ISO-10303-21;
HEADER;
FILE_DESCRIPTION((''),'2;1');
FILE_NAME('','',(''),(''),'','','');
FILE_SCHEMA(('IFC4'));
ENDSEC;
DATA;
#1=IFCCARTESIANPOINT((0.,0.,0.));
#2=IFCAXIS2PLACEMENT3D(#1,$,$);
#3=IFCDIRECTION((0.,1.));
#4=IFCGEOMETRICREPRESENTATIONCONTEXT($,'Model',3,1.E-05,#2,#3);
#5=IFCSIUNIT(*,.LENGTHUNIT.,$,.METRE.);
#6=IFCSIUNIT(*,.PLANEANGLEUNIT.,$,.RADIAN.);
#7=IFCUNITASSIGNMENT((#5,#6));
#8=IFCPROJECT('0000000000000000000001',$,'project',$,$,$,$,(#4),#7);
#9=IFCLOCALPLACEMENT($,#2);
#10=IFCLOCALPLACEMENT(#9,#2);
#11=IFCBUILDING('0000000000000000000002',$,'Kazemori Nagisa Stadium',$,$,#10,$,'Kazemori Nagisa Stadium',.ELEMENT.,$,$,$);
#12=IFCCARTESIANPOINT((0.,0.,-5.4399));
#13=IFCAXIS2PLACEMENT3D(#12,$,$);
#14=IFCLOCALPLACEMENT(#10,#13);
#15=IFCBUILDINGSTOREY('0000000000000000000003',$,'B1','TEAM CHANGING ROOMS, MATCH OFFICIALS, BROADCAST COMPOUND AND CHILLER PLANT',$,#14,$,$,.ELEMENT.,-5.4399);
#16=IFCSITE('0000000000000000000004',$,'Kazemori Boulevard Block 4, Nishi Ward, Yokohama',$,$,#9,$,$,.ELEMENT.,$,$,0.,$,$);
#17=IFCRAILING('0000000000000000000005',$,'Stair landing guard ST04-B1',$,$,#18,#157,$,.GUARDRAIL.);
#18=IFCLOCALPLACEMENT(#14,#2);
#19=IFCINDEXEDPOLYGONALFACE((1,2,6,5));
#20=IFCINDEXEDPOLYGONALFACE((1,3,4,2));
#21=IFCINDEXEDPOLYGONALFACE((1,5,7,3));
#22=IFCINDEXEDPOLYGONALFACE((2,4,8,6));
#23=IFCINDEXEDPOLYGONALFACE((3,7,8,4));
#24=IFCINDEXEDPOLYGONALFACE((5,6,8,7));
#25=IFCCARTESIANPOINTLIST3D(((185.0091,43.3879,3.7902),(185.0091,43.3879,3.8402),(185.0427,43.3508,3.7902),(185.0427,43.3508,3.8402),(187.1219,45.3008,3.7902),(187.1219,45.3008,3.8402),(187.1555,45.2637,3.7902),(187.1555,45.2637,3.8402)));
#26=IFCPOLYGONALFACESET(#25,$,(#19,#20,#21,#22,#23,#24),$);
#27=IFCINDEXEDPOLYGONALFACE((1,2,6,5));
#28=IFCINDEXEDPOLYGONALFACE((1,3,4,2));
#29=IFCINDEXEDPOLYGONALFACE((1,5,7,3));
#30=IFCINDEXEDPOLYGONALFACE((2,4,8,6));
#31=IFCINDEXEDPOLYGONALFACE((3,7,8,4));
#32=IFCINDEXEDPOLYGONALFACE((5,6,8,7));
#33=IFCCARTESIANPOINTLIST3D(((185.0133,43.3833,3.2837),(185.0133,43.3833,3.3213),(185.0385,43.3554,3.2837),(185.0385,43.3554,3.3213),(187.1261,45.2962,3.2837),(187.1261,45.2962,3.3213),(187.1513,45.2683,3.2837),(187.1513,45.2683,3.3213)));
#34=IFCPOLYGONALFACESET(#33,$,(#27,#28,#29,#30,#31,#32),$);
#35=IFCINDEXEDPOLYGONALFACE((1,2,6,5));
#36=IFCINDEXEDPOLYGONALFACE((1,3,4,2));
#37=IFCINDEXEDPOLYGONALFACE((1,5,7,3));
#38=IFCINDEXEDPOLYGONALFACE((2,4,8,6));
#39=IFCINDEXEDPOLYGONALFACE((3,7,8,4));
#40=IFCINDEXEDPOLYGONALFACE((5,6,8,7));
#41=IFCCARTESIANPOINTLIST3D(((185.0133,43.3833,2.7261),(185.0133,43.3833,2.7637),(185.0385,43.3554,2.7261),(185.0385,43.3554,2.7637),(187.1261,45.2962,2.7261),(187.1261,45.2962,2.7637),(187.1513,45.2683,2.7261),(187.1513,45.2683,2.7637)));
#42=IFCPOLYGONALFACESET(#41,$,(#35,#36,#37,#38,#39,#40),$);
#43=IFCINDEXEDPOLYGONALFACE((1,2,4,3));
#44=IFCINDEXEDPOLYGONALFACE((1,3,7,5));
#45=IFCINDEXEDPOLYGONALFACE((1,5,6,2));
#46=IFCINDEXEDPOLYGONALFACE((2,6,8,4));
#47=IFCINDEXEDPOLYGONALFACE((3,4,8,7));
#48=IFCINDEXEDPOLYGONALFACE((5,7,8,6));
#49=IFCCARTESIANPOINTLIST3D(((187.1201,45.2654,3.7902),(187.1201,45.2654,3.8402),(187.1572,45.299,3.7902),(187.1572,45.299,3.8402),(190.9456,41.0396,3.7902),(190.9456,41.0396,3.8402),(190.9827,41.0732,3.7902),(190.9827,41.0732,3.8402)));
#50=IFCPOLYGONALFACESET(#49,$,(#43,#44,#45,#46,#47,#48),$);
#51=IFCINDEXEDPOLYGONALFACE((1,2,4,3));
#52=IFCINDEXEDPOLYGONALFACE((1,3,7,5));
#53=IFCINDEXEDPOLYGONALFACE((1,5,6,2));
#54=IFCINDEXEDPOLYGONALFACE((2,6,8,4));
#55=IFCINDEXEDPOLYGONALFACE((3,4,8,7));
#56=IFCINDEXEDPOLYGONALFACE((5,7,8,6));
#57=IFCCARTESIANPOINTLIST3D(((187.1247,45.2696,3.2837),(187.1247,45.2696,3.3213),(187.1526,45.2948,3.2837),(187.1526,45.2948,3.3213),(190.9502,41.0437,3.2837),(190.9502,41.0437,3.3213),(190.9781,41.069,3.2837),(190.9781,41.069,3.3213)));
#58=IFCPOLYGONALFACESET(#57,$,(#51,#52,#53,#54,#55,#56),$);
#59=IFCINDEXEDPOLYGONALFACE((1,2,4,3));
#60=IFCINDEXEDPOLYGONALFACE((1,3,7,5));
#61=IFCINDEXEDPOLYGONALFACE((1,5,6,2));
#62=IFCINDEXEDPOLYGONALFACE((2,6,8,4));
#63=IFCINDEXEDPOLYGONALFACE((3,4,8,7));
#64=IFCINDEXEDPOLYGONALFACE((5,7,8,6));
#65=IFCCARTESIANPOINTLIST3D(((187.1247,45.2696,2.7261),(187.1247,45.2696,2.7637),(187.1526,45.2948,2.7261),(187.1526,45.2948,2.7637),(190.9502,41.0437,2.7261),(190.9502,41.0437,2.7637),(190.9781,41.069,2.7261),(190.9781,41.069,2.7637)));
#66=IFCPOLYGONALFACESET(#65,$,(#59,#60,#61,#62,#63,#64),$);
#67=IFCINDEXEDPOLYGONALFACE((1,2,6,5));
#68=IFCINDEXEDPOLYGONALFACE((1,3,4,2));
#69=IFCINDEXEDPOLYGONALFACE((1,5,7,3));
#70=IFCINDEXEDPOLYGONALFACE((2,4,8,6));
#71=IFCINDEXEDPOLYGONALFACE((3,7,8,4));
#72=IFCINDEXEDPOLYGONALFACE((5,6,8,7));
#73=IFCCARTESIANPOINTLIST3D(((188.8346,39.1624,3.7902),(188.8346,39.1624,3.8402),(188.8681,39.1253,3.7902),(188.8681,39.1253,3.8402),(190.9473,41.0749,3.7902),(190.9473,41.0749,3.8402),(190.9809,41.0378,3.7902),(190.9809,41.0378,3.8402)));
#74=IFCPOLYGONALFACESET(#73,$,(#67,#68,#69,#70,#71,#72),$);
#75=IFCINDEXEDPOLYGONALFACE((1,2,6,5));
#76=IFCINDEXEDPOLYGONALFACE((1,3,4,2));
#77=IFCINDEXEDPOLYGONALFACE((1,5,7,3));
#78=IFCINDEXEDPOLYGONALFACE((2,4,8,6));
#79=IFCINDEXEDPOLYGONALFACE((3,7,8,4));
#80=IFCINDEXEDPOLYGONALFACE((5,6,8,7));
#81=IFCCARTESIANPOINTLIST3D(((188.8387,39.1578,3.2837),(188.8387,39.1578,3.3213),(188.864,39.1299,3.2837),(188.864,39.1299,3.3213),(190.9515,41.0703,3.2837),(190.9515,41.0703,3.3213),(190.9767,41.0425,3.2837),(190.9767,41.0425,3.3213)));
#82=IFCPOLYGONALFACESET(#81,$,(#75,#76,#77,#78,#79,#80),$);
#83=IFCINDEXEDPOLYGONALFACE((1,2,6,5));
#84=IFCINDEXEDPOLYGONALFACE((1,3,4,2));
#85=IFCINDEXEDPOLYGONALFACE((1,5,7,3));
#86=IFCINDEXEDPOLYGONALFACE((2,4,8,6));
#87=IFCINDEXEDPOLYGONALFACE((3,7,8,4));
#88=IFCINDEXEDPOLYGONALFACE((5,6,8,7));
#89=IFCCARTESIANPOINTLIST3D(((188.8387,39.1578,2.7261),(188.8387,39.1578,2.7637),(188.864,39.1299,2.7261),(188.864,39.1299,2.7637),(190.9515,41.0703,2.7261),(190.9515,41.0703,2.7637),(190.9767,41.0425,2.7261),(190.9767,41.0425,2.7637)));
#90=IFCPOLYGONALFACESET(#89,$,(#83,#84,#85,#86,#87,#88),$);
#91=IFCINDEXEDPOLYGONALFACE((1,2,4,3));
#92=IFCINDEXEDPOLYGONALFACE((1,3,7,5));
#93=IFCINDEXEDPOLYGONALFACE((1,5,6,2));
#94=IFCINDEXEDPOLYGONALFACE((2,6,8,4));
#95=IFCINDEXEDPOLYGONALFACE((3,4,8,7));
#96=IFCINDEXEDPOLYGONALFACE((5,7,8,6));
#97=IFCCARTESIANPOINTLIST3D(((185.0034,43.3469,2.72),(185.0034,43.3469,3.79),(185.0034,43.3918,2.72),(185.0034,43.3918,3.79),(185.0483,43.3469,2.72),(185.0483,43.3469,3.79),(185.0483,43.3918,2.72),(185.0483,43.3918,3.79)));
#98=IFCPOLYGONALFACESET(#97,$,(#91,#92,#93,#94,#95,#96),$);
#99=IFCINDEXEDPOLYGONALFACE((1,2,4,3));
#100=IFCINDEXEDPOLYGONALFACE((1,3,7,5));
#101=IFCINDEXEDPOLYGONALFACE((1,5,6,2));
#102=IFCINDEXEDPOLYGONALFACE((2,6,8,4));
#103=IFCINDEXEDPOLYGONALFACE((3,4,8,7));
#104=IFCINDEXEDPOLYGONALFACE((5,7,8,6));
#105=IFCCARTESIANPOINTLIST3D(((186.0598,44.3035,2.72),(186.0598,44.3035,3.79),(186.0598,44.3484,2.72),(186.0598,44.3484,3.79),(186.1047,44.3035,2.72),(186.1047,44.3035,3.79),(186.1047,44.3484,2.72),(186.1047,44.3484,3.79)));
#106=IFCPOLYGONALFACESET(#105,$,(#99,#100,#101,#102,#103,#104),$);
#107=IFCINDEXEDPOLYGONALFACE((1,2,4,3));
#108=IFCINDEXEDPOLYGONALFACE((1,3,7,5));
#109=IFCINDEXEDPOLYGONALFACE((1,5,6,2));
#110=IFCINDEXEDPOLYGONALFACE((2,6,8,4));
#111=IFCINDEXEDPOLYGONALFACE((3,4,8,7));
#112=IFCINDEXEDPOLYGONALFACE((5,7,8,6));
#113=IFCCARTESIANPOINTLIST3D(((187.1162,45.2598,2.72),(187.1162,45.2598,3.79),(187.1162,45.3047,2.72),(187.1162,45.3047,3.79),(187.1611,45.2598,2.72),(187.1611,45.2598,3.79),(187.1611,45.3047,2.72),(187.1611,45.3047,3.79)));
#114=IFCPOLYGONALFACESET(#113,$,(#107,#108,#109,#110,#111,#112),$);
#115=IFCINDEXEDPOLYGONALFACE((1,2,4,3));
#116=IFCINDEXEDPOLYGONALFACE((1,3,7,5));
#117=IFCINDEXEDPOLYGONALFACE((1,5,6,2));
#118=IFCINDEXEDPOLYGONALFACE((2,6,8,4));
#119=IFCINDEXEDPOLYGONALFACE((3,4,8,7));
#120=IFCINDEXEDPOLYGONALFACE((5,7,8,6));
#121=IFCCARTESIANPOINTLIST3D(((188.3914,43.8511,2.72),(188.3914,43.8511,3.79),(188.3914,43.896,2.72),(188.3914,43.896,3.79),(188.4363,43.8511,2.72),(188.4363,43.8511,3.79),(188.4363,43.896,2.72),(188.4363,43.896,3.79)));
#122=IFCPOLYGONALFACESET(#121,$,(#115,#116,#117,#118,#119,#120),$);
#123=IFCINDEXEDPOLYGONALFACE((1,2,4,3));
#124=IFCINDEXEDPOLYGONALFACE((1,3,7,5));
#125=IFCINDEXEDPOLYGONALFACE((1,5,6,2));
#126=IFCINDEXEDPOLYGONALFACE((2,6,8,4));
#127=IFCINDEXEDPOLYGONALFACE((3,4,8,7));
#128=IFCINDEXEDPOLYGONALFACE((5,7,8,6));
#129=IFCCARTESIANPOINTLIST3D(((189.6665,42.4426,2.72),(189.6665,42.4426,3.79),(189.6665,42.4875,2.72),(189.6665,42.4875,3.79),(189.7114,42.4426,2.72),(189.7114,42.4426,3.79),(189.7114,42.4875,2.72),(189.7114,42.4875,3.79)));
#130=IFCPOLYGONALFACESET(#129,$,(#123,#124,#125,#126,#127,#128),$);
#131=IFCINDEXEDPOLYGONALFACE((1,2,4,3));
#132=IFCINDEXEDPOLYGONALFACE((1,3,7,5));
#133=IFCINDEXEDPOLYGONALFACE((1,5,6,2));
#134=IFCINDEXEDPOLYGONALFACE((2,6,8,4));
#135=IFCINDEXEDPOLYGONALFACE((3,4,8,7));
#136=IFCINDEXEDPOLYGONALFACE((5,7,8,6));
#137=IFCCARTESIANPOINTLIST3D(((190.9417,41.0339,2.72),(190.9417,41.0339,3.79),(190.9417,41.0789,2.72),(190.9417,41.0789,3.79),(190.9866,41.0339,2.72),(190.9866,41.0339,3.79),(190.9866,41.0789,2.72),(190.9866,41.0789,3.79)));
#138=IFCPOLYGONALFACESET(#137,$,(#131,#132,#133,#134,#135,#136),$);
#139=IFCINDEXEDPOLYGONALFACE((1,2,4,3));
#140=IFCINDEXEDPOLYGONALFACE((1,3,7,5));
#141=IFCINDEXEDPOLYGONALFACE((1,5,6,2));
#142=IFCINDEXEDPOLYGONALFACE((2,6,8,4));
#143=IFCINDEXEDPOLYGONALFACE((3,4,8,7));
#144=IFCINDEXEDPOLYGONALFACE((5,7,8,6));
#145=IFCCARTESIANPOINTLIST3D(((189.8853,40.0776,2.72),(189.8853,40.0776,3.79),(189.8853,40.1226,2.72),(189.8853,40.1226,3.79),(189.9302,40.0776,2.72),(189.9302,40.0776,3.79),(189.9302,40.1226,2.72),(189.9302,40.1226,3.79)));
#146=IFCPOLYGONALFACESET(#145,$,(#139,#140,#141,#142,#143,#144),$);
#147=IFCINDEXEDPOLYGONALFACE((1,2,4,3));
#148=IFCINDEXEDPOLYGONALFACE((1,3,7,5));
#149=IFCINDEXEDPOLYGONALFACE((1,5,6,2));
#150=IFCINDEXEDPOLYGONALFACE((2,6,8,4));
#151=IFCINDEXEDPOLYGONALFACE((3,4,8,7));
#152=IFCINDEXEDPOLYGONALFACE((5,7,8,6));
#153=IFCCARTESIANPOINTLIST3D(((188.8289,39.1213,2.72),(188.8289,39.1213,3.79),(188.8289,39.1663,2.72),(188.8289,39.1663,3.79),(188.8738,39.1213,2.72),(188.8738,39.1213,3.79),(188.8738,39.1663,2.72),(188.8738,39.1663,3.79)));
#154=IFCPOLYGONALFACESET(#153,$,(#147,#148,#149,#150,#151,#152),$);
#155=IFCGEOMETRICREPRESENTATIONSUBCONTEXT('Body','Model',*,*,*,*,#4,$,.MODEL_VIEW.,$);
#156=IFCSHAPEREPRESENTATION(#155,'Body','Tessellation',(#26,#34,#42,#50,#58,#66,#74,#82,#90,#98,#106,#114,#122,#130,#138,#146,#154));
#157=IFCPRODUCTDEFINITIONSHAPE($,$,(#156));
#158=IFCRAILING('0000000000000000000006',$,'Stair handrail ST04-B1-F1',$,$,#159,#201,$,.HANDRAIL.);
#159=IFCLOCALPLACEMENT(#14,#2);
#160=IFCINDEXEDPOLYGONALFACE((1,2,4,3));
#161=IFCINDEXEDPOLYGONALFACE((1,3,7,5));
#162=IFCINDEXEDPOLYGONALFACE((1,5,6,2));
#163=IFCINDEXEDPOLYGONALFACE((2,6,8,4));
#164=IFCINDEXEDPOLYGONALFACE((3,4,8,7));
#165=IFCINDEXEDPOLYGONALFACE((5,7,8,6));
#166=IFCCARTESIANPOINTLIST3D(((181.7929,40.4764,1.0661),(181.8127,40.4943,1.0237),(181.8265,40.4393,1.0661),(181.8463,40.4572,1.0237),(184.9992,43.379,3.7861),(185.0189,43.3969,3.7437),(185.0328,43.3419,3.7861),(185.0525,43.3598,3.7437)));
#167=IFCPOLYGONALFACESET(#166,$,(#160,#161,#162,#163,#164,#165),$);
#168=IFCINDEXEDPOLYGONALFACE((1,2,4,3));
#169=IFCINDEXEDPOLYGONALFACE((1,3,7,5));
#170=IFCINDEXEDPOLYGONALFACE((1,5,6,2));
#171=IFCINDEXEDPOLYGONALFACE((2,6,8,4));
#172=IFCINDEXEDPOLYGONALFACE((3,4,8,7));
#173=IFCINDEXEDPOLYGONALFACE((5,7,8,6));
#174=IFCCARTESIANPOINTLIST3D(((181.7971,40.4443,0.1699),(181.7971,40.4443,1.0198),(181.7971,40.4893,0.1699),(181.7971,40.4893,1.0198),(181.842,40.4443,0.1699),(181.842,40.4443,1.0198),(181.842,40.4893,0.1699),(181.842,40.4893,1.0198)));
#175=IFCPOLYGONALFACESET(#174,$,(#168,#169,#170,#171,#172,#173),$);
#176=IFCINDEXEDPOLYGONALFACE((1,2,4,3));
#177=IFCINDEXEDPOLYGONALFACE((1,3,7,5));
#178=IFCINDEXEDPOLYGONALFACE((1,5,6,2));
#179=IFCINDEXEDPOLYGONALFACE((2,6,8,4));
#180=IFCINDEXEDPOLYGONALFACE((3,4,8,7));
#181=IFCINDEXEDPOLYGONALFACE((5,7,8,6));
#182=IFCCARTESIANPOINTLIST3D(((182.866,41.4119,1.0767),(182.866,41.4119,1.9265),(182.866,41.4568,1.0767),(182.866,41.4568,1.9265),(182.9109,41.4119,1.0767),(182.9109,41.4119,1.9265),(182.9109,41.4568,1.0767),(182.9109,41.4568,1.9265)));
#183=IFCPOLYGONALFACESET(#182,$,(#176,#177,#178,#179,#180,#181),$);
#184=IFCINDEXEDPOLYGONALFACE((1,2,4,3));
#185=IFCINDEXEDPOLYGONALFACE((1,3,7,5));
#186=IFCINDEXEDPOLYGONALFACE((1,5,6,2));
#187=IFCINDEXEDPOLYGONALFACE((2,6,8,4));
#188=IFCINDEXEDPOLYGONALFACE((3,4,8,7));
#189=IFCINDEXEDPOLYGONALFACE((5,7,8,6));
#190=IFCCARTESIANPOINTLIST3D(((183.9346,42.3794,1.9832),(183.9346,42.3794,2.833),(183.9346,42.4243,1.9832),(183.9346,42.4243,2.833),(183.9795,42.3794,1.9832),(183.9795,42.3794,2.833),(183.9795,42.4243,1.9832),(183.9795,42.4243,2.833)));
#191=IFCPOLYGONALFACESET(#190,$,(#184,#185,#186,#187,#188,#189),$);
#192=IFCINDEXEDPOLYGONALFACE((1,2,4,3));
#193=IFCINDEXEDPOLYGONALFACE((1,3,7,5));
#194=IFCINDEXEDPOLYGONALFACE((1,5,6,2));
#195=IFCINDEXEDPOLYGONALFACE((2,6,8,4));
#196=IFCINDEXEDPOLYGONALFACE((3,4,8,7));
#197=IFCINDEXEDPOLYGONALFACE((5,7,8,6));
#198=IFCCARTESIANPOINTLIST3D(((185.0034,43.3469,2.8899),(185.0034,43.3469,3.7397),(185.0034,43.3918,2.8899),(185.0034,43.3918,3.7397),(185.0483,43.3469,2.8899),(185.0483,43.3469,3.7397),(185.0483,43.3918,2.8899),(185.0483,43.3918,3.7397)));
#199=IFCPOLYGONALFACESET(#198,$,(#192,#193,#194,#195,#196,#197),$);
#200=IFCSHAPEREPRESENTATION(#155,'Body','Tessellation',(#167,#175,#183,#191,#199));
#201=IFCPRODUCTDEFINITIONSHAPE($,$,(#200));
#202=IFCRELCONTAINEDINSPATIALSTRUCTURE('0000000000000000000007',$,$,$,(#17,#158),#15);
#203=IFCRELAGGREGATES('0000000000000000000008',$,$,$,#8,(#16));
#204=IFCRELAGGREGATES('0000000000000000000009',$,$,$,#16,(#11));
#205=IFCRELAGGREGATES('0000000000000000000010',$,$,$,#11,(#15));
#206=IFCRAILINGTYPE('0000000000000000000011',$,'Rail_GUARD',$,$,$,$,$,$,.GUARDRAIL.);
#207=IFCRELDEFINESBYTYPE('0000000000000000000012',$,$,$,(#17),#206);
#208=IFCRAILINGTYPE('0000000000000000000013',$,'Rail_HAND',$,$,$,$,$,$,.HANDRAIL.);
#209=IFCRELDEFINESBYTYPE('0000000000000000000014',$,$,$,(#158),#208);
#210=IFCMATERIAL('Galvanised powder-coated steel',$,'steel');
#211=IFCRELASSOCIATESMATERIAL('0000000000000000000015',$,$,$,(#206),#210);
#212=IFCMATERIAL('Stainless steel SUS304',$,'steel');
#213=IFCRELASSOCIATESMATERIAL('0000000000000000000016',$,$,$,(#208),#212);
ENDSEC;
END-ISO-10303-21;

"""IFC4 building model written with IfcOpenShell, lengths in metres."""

from ifc_helpers import new_model, si_unit, direction, frame, origin, origin_2d, place, context, subcontext, project, spatial, rectangle, extrude, material, type_object, element, save


model = new_model("IFC4")

# Units and contexts
model_context = context("Model", 3, precision=1e-05, world=origin(), true_north=direction((0.0, 1.0)))
body_context = subcontext(model_context, "Body", "Model", "MODEL_VIEW")
ifc_project = project(units=[si_unit("LENGTHUNIT", "METRE"), si_unit("PLANEANGLEUNIT", "RADIAN")], contexts=[model_context])

# Site, building, storey
site_placement = place(None, origin())
site = spatial("IfcSite", under=ifc_project, at=site_placement, Name="Kazemori Boulevard Block 4, Nishi Ward, Yokohama", CompositionType="ELEMENT", RefElevation=0.0)
building_placement = place(site_placement, origin())
building = spatial("IfcBuilding", under=site, at=building_placement, Name="Kazemori Nagisa Stadium", LongName="Kazemori Nagisa Stadium", CompositionType="ELEMENT")
storey_placement = place(building_placement, frame((0.0, 0.0, -5.4399)))
storey = spatial("IfcBuildingStorey", under=building, at=storey_placement, Name="B1", Description="TEAM CHANGING ROOMS, MATCH OFFICIALS, BROADCAST COMPOUND AND CHILLER PLANT", CompositionType="ELEMENT", Elevation=-5.4399)

# Shared definitions
ifc_material_1 = material(Name="Stainless steel SUS304", Category="steel")

# Railings
ifc_material_2 = material(Name="Galvanised powder-coated steel", Category="steel")
railing_type_1 = type_object("IfcRailingType", Name="Rail_GUARD", PredefinedType="GUARDRAIL", material=ifc_material_2)
railing_1_placement = place(storey_placement, frame((185.0259, 43.3694, 2.72)))
element("IfcRailing", 1, at=railing_1_placement, inside=storey, type_object=railing_type_1, Name="Stair landing guard ST04-B1", PredefinedType="GUARDRAIL", context=body_context, shape_type="SweptSolid", body=[
    extrude(rectangle(XDim=0.05, YDim=0.05, at=origin_2d()), frame((0.0, 0.0, 1.0952), z_axis=(0.741315, 0.671158, 0.0), x_axis=(-0.671158, 0.741315, 0.0)), (0.0, 0.0, 1.0), 2.8501),
    extrude(rectangle(XDim=0.0376, YDim=0.0376, at=origin_2d()), frame((0.0, 0.0, 0.5825), z_axis=(0.741315, 0.671158, 0.0), x_axis=(-0.671158, 0.741315, 0.0)), (0.0, 0.0, 1.0), 2.8501),
    extrude(rectangle(XDim=0.0376, YDim=0.0376, at=origin_2d()), frame((0.0, 0.0, 0.0249), z_axis=(0.741315, 0.671158, 0.0), x_axis=(-0.671158, 0.741315, 0.0)), (0.0, 0.0, 1.0), 2.8501),
    extrude(rectangle(XDim=0.05, YDim=0.05, at=origin_2d()), frame((2.1128, 1.9128, 1.0952), z_axis=(0.671113, -0.741355, 0.0), x_axis=(0.741355, 0.671113, 0.0)), (0.0, 0.0, 1.0), 5.7002),
    extrude(rectangle(XDim=0.0376, YDim=0.0376, at=origin_2d()), frame((2.1128, 1.9128, 0.5825), z_axis=(0.671113, -0.741355, 0.0), x_axis=(0.741355, 0.671113, 0.0)), (0.0, 0.0, 1.0), 5.7002),
    extrude(rectangle(XDim=0.0376, YDim=0.0376, at=origin_2d()), frame((2.1128, 1.9128, 0.0249), z_axis=(0.671113, -0.741355, 0.0), x_axis=(0.741355, 0.671113, 0.0)), (0.0, 0.0, 1.0), 5.7002),
    extrude(rectangle(XDim=0.05, YDim=0.05, at=origin_2d()), frame((5.9382, -2.313, 1.0952), z_axis=(-0.741357, -0.671111, 0.0), x_axis=(0.671111, -0.741357, 0.0)), (0.0, 0.0, 1.0), 2.8499),
    extrude(rectangle(XDim=0.0376, YDim=0.0376, at=origin_2d()), frame((5.9382, -2.313, 0.5825), z_axis=(-0.741357, -0.671111, 0.0), x_axis=(0.671111, -0.741357, 0.0)), (0.0, 0.0, 1.0), 2.8499),
    extrude(rectangle(XDim=0.0376, YDim=0.0376, at=origin_2d()), frame((5.9382, -2.313, 0.0249), z_axis=(-0.741357, -0.671111, 0.0), x_axis=(0.671111, -0.741357, 0.0)), (0.0, 0.0, 1.0), 2.8499),
    extrude(rectangle(XDim=0.0449, YDim=0.0449, at=origin_2d()), origin(), (0.0, 0.0, 1.0), 1.0701),
    extrude(rectangle(XDim=0.0449, YDim=0.0449, at=origin_2d()), frame((1.0564, 0.9565, 0.0)), (0.0, 0.0, 1.0), 1.0701),
    extrude(rectangle(XDim=0.0449, YDim=0.0449, at=origin_2d()), frame((2.1128, 1.9128, 0.0)), (0.0, 0.0, 1.0), 1.0701),
    extrude(rectangle(XDim=0.0449, YDim=0.0449, at=origin_2d()), frame((3.3879, 0.5042, 0.0)), (0.0, 0.0, 1.0), 1.0701),
    extrude(rectangle(XDim=0.0449, YDim=0.0449, at=origin_2d()), frame((4.6631, -0.9043, 0.0)), (0.0, 0.0, 1.0), 1.0701),
    extrude(rectangle(XDim=0.0449, YDim=0.0449, at=origin_2d()), frame((5.9382, -2.313, 0.0)), (0.0, 0.0, 1.0), 1.0701),
    extrude(rectangle(XDim=0.0449, YDim=0.0449, at=origin_2d()), frame((4.8818, -3.2693, 0.0)), (0.0, 0.0, 1.0), 1.0701),
    extrude(rectangle(XDim=0.0449, YDim=0.0449, at=origin_2d()), frame((3.8254, -4.2256, 0.0)), (0.0, 0.0, 1.0), 1.0701),
])
railing_type_2 = type_object("IfcRailingType", Name="Rail_HAND", PredefinedType="HANDRAIL", material=ifc_material_1)
railing_2_placement = place(storey_placement, frame((181.8196, 40.4668, 0.1699)))
element("IfcRailing", 2, at=railing_2_placement, inside=storey, type_object=railing_type_2, Name="Stair handrail ST04-B1-F1", PredefinedType="HANDRAIL", context=body_context, shape_type="SweptSolid", body=[
    extrude(rectangle(XDim=0.05, YDim=0.05, at=origin_2d()), frame((0.0, 0.0, 0.875), z_axis=(0.627558, 0.568113, 0.53237), x_axis=(-0.671123, 0.741346, 0.0)), (0.0, 0.0, 1.0), 5.1091),
    extrude(rectangle(XDim=0.0449, YDim=0.0449, at=origin_2d()), origin(), (0.0, 0.0, 1.0), 0.8499),
    extrude(rectangle(XDim=0.0449, YDim=0.0449, at=origin_2d()), frame((1.0688, 0.9675, 0.9067)), (0.0, 0.0, 1.0), 0.8499),
    extrude(rectangle(XDim=0.0449, YDim=0.0449, at=origin_2d()), frame((2.1375, 1.9351, 1.8132)), (0.0, 0.0, 1.0), 0.8499),
    extrude(rectangle(XDim=0.0449, YDim=0.0449, at=origin_2d()), frame((3.2063, 2.9026, 2.72)), (0.0, 0.0, 1.0), 0.8499),
])

save(model, "model.ifc")
